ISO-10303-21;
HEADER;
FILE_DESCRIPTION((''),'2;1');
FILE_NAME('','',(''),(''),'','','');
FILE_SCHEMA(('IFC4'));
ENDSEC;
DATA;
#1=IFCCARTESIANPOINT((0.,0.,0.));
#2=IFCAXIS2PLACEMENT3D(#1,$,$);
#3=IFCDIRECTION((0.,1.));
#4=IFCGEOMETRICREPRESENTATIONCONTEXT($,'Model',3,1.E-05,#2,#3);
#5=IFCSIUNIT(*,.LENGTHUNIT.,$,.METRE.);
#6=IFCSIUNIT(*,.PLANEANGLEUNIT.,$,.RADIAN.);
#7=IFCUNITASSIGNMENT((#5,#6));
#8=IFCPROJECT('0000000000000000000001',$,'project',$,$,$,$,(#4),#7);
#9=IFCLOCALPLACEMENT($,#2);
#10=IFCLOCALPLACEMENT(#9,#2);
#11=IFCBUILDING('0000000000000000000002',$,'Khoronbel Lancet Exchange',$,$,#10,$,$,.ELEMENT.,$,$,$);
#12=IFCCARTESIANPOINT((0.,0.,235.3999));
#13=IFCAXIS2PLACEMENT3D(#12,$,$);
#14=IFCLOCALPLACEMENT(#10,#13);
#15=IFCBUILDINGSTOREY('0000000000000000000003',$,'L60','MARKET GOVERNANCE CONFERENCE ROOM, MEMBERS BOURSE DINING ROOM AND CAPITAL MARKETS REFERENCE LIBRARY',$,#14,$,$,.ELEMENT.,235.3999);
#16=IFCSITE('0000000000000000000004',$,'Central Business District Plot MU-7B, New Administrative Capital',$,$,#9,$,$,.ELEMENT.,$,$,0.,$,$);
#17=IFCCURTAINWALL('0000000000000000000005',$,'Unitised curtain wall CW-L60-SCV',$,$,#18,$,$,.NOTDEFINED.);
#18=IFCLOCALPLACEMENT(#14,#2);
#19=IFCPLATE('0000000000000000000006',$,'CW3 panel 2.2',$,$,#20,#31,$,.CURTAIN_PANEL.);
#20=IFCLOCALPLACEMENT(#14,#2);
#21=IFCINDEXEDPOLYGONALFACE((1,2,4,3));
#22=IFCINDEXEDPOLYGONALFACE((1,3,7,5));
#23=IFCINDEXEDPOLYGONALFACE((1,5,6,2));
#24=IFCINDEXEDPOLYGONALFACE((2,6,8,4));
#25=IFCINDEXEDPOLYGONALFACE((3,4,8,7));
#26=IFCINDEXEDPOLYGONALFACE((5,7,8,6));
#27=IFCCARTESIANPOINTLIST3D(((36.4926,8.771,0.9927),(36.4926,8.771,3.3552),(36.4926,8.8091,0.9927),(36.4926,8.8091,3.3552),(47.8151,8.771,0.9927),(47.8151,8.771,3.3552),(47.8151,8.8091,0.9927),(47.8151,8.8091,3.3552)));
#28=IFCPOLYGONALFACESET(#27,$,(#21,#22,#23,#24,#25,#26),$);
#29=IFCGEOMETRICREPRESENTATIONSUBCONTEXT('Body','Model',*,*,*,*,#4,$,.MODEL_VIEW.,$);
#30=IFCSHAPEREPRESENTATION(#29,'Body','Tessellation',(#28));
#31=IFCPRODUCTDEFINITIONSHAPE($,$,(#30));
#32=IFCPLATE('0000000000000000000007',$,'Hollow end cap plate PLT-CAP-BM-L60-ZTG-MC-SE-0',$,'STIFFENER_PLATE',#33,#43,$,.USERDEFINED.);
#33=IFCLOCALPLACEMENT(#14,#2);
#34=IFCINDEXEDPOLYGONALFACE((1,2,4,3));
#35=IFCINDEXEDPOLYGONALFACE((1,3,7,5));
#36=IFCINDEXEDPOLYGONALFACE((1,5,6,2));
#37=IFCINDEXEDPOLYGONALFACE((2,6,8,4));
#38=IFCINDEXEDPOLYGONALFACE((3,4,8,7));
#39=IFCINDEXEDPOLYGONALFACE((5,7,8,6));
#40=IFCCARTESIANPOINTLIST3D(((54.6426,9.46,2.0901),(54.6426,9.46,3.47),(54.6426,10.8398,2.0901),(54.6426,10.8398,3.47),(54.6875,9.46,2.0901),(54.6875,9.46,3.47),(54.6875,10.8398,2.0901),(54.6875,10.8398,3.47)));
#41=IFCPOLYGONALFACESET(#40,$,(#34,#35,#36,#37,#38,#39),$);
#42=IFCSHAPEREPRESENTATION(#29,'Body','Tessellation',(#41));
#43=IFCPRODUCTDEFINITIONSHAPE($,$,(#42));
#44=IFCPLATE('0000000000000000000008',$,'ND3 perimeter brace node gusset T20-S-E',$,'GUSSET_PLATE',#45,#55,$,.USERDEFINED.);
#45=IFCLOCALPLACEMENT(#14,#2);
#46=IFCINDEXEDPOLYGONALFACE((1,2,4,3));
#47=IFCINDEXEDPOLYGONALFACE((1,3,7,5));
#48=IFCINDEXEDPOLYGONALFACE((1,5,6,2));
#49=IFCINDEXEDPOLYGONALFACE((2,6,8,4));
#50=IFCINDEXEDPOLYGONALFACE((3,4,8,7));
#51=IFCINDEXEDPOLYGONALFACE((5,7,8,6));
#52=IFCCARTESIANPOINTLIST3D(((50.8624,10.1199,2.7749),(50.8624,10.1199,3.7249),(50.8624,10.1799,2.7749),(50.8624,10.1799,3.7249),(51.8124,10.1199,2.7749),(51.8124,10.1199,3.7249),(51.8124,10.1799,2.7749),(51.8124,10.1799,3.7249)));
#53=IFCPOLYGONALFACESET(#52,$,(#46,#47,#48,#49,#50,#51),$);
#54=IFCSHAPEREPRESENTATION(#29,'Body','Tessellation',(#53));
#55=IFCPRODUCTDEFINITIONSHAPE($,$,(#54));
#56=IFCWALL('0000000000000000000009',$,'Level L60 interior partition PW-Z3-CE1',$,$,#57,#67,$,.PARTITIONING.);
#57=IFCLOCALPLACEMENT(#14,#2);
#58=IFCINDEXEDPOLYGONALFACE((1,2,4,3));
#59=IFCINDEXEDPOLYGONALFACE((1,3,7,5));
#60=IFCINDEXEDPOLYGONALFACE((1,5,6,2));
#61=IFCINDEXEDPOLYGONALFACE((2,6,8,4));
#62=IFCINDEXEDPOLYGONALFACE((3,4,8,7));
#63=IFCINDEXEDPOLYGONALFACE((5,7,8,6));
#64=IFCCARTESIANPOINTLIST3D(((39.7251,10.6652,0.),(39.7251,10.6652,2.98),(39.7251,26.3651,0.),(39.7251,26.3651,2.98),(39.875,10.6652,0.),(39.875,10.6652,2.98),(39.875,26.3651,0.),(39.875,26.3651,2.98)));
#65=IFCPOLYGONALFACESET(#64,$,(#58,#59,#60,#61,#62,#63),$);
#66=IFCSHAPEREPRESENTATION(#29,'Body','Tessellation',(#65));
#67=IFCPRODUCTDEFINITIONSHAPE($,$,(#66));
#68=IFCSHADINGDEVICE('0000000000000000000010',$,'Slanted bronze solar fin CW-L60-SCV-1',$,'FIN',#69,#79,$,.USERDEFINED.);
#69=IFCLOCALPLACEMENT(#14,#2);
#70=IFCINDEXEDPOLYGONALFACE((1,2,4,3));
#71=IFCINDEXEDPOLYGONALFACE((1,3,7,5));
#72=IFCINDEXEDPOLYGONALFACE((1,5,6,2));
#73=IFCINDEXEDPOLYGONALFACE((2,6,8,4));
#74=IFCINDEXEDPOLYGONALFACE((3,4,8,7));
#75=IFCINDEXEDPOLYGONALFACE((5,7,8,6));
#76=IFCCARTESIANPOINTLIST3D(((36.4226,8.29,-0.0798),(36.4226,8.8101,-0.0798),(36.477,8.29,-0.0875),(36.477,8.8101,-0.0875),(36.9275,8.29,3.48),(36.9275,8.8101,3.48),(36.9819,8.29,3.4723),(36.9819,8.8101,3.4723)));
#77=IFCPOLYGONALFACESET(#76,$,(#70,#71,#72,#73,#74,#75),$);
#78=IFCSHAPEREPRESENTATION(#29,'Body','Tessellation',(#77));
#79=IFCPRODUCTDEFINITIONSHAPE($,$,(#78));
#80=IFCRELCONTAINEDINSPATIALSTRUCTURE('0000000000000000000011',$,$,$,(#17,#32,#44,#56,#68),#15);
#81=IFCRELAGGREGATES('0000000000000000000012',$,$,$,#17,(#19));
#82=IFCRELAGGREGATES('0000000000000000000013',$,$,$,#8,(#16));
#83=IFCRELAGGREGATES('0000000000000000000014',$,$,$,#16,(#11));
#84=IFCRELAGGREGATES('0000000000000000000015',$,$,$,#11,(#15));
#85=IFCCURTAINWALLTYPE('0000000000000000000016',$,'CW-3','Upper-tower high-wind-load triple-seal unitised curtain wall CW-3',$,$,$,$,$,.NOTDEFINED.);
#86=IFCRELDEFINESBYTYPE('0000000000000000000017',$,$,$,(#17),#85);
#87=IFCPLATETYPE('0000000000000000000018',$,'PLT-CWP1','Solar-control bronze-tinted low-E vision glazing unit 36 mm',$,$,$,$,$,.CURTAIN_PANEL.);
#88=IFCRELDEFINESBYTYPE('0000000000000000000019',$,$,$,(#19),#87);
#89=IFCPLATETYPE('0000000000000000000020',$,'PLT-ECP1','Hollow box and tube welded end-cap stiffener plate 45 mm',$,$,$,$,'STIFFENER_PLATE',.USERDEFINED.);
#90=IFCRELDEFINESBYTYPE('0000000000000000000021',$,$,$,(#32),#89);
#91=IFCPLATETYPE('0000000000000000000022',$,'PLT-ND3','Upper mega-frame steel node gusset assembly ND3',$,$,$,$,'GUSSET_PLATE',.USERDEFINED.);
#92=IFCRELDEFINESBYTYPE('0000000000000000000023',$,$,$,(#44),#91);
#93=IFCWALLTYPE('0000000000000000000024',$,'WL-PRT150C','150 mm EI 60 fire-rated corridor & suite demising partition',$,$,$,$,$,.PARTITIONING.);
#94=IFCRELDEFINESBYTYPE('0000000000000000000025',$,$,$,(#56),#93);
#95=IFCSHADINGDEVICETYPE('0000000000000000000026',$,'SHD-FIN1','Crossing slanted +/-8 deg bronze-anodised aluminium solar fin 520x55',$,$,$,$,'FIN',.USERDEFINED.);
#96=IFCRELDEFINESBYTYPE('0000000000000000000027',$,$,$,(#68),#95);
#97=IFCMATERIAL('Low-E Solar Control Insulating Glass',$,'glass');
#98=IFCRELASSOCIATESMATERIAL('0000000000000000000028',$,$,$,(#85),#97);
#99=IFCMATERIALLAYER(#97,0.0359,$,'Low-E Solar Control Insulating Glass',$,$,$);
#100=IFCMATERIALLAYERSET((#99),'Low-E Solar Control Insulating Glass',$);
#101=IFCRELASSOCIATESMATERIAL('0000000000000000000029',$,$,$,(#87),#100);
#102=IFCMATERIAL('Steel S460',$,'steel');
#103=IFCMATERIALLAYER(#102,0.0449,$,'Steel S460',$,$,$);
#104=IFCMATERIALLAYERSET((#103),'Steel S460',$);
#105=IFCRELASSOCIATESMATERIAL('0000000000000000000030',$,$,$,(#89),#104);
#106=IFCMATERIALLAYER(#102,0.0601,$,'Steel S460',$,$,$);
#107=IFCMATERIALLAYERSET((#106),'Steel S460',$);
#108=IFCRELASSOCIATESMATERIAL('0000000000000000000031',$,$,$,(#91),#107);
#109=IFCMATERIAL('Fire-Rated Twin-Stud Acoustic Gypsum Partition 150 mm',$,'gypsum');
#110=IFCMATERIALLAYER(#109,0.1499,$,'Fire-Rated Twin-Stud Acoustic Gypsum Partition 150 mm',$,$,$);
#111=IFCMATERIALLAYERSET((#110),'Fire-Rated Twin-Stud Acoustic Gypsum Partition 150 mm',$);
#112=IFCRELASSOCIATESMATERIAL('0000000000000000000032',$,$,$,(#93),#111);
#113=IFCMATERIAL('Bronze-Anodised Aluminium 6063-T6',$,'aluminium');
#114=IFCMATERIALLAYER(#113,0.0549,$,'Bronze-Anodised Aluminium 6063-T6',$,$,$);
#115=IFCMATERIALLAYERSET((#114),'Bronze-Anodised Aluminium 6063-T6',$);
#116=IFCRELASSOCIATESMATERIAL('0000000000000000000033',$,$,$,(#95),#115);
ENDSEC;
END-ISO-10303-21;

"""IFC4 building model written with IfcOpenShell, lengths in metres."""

from ifc_helpers import new_model, si_unit, direction, frame, frame_2d, origin, origin_2d, place, context, subcontext, project, spatial, polyline, rectangle, outline, extrude, material, layer, layer_set, type_object, element, aggregate, save


model = new_model("IFC4")

# Units and contexts
model_context = context("Model", 3, precision=1e-05, world=origin(), true_north=direction((0.0, 1.0)))
body_context = subcontext(model_context, "Body", "Model", "MODEL_VIEW")
ifc_project = project(units=[si_unit("LENGTHUNIT", "METRE"), si_unit("PLANEANGLEUNIT", "RADIAN")], contexts=[model_context])

# Site, building, storey
site_placement = place(None, origin())
site = spatial("IfcSite", under=ifc_project, at=site_placement, Name="Central Business District Plot MU-7B, New Administrative Capital", CompositionType="ELEMENT", RefElevation=0.0)
building_placement = place(site_placement, origin())
building = spatial("IfcBuilding", under=site, at=building_placement, Name="Khoronbel Lancet Exchange", CompositionType="ELEMENT")
storey_placement = place(building_placement, frame((0.0, 0.0, 235.3999)))
storey = spatial("IfcBuildingStorey", under=building, at=storey_placement, Name="L60", Description="MARKET GOVERNANCE CONFERENCE ROOM, MEMBERS BOURSE DINING ROOM AND CAPITAL MARKETS REFERENCE LIBRARY", CompositionType="ELEMENT", Elevation=235.3999)

# Shared definitions
ifc_material_1 = material(Name="Steel S460", Category="steel")

# Curtain wall
ifc_material_2 = material(Name="Low-E Solar Control Insulating Glass", Category="glass")
curtain_wall_type = type_object("IfcCurtainWallType", Name="CW-3", Description="Upper-tower high-wind-load triple-seal unitised curtain wall CW-3", PredefinedType="NOTDEFINED", material=ifc_material_2)
curtain_wall_1_placement = place(storey_placement, origin())
curtain_wall_1 = element("IfcCurtainWall", 1, at=curtain_wall_1_placement, inside=storey, type_object=curtain_wall_type, Name="Unitised curtain wall CW-L60-SCV", PredefinedType="NOTDEFINED")
ifc_material_3 = material(Name="Bronze-Anodised Aluminium 6063-T6", Category="aluminium")

# Plate
ifc_layer_1 = layer(ifc_material_2, 0.0359, Name="Low-E Solar Control Insulating Glass")
ifc_layer_set_1 = layer_set([ifc_layer_1], Name="Low-E Solar Control Insulating Glass")
plate_type_1 = type_object("IfcPlateType", Name="PLT-CWP1", Description="Solar-control bronze-tinted low-E vision glazing unit 36 mm", PredefinedType="CURTAIN_PANEL", material=ifc_layer_set_1)
plate_1_placement = place(storey_placement, frame((42.1538, 8.79, 0.9927), z_axis=(0.0, 0.0, 1.0), x_axis=(1.0, 0.0, 0.0)))
plate_1 = element("IfcPlate", 2, at=plate_1_placement, type_object=plate_type_1, Name="CW3 panel 2.2", PredefinedType="CURTAIN_PANEL", context=body_context, shape_type="SweptSolid", body=[
    extrude(rectangle(XDim=11.3225, YDim=0.0381, at=origin_2d()), origin(), (0.0, 0.0, 1.0), 2.3625),
])
aggregate(curtain_wall_1, [plate_1])

# Plates
ifc_layer_2 = layer(ifc_material_1, 0.0449, Name="Steel S460")
ifc_layer_set_2 = layer_set([ifc_layer_2], Name="Steel S460")
plate_type_2 = type_object("IfcPlateType", Name="PLT-ECP1", Description="Hollow box and tube welded end-cap stiffener plate 45 mm", ElementType="STIFFENER_PLATE", PredefinedType="USERDEFINED", material=ifc_layer_set_2)
plate_2_placement = place(storey_placement, frame((54.665, 10.1499, 2.0901), z_axis=(0.0, 0.0, 1.0), x_axis=(-1.0, 0.0, 0.0)))
element("IfcPlate", 3, at=plate_2_placement, inside=storey, type_object=plate_type_2, Name="Hollow end cap plate PLT-CAP-BM-L60-ZTG-MC-SE-0", ObjectType="STIFFENER_PLATE", PredefinedType="USERDEFINED", context=body_context, shape_type="SweptSolid", body=[
    extrude(rectangle(XDim=0.0449, YDim=1.3799, at=origin_2d()), origin(), (0.0, 0.0, 1.0), 1.3799),
])
ifc_layer_3 = layer(ifc_material_1, 0.0601, Name="Steel S460")
ifc_layer_set_3 = layer_set([ifc_layer_3], Name="Steel S460")
plate_type_3 = type_object("IfcPlateType", Name="PLT-ND3", Description="Upper mega-frame steel node gusset assembly ND3", ElementType="GUSSET_PLATE", PredefinedType="USERDEFINED", material=ifc_layer_set_3)
plate_3_placement = place(storey_placement, frame((51.3374, 10.1499, 2.7749), z_axis=(0.0, 0.0, 1.0), x_axis=(1.0, 0.0, 0.0)))
element("IfcPlate", 4, at=plate_3_placement, inside=storey, type_object=plate_type_3, Name="ND3 perimeter brace node gusset T20-S-E", ObjectType="GUSSET_PLATE", PredefinedType="USERDEFINED", context=body_context, shape_type="SweptSolid", body=[
    extrude(rectangle(XDim=0.95, YDim=0.0601, at=origin_2d()), origin(), (0.0, 0.0, 1.0), 0.95),
])

# Wall
ifc_material_4 = material(Name="Fire-Rated Twin-Stud Acoustic Gypsum Partition 150 mm", Category="gypsum")
ifc_layer_4 = layer(ifc_material_4, 0.1499, Name="Fire-Rated Twin-Stud Acoustic Gypsum Partition 150 mm")
ifc_layer_set_4 = layer_set([ifc_layer_4], Name="Fire-Rated Twin-Stud Acoustic Gypsum Partition 150 mm")
wall_type = type_object("IfcWallType", Name="WL-PRT150C", Description="150 mm EI 60 fire-rated corridor & suite demising partition", PredefinedType="PARTITIONING", material=ifc_layer_set_4)
wall_placement = place(storey_placement, frame((39.8, 10.665, 0.0), z_axis=(0.0, 0.0, 1.0), x_axis=(0.0, 1.0, 0.0)))
element("IfcWall", 5, at=wall_placement, inside=storey, type_object=wall_type, Name="Level L60 interior partition PW-Z3-CE1", PredefinedType="PARTITIONING", context=body_context, shape_type="SweptSolid", body=[
    extrude(rectangle(XDim=15.7, YDim=0.1499, at=frame_2d((7.8501, 0.0))), origin(), (0.0, 0.0, 1.0), 2.98),
])

# Shading device
ifc_layer_5 = layer(ifc_material_3, 0.0549, Name="Bronze-Anodised Aluminium 6063-T6")
ifc_layer_set_5 = layer_set([ifc_layer_5], Name="Bronze-Anodised Aluminium 6063-T6")
shading_device_type = type_object("IfcShadingDeviceType", Name="SHD-FIN1", Description="Crossing slanted +/-8 deg bronze-anodised aluminium solar fin 520x55", ElementType="FIN", PredefinedType="USERDEFINED", material=ifc_layer_set_5)
shading_device_placement = place(storey_placement, frame((36.4226, 8.8101, -0.0798), z_axis=(-0.990092, 0.0, 0.140423), x_axis=(0.0, -1.0, 0.0)))
element("IfcShadingDevice", 6, at=shading_device_placement, inside=storey, type_object=shading_device_type, Name="Slanted bronze solar fin CW-L60-SCV-1", ObjectType="FIN", PredefinedType="USERDEFINED", context=body_context, shape_type="SweptSolid", body=[
    extrude(outline(polyline([(0.0, 0.0), (0.52, 0.0), (0.52, 3.5955), (0.0, 3.5955), (0.0, 0.0)])), origin(), (0.0, 0.0, -1.0), 0.0549),
])

save(model, "model.ifc")
